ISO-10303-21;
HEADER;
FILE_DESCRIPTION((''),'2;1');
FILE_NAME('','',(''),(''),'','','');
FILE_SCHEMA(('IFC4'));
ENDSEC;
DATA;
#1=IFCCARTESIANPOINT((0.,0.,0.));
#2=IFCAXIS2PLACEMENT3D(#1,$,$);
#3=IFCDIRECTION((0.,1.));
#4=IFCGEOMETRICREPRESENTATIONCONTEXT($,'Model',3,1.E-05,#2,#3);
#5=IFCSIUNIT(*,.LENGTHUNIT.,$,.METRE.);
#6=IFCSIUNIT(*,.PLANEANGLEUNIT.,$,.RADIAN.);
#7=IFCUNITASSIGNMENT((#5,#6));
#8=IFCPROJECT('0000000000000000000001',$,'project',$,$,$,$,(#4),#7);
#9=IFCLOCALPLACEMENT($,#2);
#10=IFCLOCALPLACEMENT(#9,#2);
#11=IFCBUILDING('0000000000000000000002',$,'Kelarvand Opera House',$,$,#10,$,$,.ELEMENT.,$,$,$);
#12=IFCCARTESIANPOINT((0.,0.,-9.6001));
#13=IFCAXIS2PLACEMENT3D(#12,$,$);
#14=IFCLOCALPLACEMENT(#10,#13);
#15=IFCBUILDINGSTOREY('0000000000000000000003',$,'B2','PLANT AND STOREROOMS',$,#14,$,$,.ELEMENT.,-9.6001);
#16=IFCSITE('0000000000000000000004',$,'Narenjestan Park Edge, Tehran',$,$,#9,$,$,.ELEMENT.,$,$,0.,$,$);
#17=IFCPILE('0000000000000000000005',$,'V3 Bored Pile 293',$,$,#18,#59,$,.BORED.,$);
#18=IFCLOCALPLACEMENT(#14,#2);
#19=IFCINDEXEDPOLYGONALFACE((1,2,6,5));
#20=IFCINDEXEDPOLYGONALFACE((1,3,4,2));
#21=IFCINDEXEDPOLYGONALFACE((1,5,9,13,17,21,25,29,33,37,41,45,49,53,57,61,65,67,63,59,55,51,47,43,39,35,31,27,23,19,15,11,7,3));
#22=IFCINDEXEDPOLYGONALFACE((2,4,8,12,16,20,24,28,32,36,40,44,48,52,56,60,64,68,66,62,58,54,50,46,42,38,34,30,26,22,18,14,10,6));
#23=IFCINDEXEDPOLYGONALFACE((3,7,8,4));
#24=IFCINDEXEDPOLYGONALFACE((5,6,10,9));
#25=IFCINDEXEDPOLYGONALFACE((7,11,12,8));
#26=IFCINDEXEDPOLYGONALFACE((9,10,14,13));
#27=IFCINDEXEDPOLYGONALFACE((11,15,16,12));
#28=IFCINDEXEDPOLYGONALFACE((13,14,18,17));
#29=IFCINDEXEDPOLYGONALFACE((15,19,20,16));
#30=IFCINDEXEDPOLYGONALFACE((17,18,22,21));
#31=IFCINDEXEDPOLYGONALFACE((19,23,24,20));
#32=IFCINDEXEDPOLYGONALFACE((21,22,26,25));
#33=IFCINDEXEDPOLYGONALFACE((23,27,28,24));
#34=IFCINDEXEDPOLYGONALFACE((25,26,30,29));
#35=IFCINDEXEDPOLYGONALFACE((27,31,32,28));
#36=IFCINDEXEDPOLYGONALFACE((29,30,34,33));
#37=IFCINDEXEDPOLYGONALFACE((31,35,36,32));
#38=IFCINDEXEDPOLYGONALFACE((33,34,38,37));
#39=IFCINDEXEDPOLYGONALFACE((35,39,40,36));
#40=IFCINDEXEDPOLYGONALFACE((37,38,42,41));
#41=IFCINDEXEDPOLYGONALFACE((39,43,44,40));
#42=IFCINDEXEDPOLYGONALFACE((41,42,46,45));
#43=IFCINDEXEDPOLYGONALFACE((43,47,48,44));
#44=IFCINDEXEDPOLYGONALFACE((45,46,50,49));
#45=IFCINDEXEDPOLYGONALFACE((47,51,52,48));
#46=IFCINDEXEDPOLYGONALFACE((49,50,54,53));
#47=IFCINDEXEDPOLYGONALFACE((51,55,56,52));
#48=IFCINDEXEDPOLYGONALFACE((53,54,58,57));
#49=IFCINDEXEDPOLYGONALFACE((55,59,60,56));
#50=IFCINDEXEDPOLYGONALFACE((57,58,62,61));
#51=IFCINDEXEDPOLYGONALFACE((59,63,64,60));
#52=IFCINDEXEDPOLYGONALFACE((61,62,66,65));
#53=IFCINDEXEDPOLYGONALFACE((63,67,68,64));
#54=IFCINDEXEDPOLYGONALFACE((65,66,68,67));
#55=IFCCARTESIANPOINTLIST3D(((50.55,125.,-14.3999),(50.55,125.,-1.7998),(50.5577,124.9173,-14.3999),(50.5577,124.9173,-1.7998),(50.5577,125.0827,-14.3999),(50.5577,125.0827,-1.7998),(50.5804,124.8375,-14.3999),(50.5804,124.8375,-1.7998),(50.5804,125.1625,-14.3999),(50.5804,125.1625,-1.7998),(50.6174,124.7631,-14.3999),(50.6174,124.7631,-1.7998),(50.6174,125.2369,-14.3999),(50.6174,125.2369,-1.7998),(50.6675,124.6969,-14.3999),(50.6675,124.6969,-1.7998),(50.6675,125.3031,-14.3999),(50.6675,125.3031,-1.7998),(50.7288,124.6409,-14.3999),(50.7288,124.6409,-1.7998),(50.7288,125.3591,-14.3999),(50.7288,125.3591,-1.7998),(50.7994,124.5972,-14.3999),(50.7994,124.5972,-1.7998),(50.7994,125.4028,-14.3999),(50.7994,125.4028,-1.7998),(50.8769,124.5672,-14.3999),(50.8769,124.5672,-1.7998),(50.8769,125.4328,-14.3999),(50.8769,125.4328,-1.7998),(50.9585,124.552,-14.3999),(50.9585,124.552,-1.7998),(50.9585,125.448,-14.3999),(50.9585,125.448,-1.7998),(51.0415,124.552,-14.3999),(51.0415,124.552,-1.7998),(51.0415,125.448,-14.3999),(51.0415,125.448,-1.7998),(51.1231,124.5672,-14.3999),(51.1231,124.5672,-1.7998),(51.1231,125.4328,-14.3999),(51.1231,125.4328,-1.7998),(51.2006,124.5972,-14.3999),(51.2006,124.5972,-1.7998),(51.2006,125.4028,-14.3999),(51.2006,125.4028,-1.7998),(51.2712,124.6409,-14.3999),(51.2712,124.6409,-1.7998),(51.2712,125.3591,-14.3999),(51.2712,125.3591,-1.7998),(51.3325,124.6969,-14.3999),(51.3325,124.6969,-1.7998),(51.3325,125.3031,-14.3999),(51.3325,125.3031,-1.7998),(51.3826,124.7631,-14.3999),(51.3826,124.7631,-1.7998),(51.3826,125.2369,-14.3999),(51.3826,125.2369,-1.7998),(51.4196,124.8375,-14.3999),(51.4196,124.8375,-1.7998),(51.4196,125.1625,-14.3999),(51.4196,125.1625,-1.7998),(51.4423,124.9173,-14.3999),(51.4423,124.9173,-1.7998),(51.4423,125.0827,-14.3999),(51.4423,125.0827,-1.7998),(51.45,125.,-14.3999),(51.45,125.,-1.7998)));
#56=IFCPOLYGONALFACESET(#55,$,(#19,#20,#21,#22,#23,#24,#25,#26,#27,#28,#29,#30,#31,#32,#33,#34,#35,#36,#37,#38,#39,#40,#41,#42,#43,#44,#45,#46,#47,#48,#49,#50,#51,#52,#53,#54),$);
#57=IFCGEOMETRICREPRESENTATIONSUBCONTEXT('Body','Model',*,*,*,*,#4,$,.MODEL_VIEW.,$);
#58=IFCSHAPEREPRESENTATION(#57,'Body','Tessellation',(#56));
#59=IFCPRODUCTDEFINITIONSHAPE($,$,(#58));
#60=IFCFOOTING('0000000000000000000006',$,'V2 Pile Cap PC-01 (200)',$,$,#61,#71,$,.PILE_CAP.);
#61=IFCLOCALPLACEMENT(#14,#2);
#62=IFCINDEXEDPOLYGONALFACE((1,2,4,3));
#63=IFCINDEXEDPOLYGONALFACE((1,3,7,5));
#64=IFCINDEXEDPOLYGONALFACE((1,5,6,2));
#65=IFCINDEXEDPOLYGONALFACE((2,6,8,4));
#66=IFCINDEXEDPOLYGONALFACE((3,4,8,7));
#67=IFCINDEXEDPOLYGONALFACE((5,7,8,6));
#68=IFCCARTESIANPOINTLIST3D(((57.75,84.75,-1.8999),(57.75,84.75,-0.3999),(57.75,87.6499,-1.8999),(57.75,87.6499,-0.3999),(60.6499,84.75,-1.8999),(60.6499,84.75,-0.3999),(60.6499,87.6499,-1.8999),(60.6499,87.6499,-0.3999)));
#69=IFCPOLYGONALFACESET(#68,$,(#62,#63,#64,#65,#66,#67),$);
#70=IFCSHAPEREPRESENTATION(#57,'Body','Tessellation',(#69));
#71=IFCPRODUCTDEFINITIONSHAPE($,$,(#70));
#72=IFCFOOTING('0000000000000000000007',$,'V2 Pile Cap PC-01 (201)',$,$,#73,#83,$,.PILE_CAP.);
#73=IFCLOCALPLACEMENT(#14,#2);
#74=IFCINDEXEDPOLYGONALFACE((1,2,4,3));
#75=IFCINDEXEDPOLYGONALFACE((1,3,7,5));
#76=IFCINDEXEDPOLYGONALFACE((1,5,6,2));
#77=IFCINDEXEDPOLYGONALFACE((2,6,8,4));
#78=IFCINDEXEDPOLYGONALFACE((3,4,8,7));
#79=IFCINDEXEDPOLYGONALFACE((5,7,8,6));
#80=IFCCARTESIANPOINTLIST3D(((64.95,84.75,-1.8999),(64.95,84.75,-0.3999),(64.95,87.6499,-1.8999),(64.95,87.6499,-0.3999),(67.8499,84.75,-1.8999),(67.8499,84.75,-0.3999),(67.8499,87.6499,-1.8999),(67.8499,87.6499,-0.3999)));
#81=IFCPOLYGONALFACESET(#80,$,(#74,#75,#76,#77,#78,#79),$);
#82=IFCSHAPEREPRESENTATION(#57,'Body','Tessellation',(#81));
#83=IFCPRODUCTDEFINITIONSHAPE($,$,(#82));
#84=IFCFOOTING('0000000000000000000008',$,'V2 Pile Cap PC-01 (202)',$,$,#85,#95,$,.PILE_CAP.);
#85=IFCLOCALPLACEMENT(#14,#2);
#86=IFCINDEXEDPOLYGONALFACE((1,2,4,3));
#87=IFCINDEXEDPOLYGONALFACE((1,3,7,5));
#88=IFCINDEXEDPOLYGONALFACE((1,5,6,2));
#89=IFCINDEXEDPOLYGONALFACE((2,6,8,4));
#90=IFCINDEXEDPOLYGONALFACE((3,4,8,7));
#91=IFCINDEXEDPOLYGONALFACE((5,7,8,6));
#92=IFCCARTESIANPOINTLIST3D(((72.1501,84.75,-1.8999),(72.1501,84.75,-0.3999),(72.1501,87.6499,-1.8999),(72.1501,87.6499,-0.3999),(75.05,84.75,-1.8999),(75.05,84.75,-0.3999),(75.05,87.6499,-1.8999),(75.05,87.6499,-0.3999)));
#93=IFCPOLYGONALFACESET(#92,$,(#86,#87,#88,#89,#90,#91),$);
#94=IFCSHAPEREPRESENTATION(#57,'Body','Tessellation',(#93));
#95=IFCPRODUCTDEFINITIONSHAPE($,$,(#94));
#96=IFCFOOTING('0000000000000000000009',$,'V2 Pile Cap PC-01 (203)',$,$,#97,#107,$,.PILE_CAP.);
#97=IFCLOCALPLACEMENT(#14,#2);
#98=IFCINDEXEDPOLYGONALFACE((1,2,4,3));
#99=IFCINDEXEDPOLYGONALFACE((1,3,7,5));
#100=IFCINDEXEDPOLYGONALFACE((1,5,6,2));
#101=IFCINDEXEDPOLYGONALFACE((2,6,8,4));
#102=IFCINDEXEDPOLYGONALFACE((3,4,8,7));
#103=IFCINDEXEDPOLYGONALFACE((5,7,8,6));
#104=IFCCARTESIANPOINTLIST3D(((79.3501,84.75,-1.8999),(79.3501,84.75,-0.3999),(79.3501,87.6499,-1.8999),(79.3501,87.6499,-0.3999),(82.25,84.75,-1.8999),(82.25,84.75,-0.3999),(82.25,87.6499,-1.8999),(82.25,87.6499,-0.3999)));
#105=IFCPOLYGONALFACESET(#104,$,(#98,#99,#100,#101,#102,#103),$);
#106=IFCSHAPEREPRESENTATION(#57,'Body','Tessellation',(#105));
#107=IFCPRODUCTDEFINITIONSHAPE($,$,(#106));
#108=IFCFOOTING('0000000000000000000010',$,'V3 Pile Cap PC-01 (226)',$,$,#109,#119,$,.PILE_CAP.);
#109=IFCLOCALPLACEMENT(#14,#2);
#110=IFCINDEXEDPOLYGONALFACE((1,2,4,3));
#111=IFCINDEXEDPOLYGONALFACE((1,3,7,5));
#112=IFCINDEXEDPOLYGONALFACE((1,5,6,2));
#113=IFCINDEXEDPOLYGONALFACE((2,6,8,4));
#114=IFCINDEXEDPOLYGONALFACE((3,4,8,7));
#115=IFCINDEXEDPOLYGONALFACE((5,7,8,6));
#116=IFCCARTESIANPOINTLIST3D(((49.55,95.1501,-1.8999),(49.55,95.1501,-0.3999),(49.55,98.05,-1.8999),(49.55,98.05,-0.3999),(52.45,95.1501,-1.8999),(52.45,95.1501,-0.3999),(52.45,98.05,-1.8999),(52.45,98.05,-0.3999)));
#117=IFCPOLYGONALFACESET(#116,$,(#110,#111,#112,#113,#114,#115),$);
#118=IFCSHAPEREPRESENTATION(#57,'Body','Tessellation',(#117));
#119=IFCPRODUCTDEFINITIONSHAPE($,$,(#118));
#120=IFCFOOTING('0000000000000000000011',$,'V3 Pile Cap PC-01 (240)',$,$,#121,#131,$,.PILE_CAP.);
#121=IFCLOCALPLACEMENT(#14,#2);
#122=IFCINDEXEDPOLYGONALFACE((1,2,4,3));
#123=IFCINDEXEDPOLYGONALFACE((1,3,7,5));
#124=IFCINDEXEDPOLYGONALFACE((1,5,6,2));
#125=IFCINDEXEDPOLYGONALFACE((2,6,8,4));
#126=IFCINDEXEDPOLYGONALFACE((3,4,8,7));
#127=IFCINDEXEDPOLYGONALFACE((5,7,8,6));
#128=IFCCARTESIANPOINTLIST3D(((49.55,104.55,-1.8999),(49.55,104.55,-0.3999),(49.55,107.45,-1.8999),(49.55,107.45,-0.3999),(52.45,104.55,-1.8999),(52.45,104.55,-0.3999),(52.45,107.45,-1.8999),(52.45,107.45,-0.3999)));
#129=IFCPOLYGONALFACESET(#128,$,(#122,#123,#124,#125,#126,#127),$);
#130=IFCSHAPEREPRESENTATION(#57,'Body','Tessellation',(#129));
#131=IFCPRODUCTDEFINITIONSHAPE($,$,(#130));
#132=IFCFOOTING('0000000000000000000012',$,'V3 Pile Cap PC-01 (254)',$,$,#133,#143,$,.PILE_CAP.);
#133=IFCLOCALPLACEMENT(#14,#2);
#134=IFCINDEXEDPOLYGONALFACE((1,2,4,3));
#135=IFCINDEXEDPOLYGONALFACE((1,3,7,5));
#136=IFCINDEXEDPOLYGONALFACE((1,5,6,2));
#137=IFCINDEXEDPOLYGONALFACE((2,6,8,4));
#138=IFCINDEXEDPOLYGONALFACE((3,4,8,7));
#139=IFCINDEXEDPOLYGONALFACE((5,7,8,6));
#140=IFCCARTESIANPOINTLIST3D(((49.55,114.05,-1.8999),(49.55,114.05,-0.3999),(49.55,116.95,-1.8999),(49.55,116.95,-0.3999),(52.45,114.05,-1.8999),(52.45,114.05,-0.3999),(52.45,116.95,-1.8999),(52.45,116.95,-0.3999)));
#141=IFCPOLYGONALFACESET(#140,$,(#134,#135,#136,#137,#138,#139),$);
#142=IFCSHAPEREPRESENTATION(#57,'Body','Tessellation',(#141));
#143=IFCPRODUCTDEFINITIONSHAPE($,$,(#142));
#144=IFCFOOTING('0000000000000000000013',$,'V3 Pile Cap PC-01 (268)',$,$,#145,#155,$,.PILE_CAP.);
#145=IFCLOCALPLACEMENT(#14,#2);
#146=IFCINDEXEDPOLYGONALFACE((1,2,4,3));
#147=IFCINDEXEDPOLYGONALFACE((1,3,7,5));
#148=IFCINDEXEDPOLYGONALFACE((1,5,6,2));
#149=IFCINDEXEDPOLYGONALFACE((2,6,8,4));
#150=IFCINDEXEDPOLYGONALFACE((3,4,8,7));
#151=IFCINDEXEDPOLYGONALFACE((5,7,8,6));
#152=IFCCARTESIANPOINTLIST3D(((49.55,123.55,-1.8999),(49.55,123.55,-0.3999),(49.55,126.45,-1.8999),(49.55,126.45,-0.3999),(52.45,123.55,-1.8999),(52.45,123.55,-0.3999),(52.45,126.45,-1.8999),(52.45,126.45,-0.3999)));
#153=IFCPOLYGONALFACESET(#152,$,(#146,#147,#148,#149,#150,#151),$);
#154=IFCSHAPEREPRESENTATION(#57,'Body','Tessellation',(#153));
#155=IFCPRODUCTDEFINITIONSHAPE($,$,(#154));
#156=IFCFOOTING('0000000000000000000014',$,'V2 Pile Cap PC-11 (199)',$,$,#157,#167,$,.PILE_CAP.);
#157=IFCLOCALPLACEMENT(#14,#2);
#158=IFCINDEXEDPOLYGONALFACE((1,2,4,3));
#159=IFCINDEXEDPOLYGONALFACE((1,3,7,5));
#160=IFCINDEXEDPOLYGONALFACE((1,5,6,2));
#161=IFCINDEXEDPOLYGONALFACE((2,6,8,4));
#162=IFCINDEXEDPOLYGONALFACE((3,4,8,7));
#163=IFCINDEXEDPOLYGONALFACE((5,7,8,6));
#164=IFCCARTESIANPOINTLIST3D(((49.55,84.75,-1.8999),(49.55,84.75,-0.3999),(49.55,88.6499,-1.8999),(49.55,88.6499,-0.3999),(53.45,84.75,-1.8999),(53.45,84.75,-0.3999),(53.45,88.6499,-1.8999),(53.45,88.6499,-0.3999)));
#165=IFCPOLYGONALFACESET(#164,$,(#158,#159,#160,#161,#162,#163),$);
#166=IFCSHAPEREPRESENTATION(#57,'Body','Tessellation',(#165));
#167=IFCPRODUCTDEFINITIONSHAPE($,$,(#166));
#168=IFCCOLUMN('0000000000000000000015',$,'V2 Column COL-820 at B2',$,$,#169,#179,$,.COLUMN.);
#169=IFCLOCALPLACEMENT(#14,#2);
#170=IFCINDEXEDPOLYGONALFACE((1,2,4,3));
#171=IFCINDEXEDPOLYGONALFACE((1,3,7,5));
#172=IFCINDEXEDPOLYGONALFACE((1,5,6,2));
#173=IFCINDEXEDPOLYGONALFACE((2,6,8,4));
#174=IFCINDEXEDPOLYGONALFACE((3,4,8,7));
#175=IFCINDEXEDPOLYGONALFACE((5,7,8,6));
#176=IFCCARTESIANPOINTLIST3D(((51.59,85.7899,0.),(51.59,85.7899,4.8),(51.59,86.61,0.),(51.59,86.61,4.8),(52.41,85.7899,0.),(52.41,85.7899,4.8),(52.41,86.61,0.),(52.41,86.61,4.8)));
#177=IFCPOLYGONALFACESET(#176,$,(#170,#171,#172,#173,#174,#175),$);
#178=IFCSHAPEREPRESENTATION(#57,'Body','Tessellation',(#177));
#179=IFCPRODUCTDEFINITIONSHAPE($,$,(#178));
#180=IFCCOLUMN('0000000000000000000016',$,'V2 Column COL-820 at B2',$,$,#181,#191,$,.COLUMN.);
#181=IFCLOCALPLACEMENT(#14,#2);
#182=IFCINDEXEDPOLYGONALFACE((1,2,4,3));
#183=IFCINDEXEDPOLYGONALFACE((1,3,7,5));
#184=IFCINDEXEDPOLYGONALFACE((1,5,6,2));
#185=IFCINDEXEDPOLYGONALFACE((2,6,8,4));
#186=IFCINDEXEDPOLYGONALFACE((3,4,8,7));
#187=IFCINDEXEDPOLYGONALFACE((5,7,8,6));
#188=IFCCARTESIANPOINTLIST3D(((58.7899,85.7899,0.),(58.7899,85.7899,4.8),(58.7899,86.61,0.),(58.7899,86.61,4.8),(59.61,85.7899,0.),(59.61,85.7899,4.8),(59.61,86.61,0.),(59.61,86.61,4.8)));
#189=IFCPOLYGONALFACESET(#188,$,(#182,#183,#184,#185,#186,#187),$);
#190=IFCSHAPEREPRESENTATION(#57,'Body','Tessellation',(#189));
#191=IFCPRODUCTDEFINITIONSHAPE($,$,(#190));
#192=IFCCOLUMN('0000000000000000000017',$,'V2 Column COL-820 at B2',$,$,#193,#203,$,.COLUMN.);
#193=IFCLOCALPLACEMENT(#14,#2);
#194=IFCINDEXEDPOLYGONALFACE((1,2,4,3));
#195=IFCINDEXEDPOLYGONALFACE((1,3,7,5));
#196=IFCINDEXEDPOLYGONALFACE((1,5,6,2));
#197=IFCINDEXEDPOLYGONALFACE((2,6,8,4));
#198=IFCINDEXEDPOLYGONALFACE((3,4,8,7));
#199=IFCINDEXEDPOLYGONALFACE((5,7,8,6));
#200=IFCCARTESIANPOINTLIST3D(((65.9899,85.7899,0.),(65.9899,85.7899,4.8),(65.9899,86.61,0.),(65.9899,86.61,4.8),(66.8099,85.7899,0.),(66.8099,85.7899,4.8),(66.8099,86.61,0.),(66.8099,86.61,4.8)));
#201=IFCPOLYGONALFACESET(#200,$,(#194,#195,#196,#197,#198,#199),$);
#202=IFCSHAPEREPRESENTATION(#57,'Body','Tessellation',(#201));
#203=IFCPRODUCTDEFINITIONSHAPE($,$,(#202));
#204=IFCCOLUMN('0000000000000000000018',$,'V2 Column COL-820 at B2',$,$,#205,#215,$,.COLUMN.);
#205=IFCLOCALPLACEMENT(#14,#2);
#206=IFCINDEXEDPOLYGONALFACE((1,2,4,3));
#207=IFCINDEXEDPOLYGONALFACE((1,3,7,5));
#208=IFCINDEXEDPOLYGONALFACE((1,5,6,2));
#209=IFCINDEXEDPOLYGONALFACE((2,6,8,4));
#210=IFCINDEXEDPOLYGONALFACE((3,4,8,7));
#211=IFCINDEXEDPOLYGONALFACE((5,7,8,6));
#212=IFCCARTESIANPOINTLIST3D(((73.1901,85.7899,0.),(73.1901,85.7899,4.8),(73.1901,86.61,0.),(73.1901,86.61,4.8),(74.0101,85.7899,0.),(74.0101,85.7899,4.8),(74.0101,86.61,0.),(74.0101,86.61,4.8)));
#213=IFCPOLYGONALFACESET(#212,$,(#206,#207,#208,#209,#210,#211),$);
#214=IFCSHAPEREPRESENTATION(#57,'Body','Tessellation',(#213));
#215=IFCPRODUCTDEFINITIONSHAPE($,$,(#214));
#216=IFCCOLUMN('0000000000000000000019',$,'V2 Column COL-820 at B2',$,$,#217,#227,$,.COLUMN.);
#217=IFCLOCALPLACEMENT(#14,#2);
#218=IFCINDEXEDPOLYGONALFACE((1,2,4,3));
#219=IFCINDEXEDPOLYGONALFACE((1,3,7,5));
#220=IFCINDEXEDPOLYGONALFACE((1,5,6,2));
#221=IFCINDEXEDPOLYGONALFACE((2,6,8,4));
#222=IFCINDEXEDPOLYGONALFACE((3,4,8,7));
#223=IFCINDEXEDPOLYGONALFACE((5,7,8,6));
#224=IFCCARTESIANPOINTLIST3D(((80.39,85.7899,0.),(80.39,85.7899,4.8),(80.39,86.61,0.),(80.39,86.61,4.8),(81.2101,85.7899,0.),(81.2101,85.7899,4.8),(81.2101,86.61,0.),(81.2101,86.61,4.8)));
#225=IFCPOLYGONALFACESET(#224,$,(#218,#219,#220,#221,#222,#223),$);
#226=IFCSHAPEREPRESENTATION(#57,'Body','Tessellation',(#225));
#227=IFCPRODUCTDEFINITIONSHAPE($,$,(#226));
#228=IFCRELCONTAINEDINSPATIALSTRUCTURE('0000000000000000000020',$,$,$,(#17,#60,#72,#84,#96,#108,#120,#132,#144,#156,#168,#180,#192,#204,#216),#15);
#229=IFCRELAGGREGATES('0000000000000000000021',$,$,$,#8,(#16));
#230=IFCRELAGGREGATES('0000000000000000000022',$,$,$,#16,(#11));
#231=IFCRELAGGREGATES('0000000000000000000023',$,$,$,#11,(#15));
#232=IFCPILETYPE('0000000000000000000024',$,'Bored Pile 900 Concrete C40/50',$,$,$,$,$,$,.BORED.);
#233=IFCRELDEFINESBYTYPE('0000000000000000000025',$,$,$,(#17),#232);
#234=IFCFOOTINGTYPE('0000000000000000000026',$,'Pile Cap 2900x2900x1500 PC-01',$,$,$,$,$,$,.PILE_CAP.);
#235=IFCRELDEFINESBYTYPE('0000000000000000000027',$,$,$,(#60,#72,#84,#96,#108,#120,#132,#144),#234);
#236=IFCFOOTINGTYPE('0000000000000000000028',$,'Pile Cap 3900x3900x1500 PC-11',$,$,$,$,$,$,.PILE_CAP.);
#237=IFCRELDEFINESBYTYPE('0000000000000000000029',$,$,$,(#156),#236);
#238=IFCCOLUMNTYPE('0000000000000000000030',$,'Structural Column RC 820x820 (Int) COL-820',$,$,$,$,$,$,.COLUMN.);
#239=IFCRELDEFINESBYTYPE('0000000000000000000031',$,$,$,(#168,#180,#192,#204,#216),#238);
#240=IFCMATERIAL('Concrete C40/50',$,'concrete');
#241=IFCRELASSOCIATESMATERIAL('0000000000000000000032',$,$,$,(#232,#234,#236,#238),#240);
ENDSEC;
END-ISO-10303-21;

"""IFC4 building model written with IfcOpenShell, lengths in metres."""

from ifc_helpers import new_model, si_unit, direction, frame, origin, origin_2d, place, context, subcontext, project, spatial, rectangle, circle, extrude, material, material_profile, profile_set, type_object, element, save


model = new_model("IFC4")

# Units and contexts
model_context = context("Model", 3, precision=1e-05, world=origin(), true_north=direction((0.0, 1.0)))
body_context = subcontext(model_context, "Body", "Model", "MODEL_VIEW")
ifc_project = project(units=[si_unit("LENGTHUNIT", "METRE"), si_unit("PLANEANGLEUNIT", "RADIAN")], contexts=[model_context])

# Site, building, storey
site_placement = place(None, origin())
site = spatial("IfcSite", under=ifc_project, at=site_placement, Name="Narenjestan Park Edge, Tehran", CompositionType="ELEMENT", RefElevation=0.0)
building_placement = place(site_placement, origin())
building = spatial("IfcBuilding", under=site, at=building_placement, Name="Kelarvand Opera House", CompositionType="ELEMENT")
storey_placement = place(building_placement, frame((0.0, 0.0, -9.6001)))
storey = spatial("IfcBuildingStorey", under=building, at=storey_placement, Name="B2", Description="PLANT AND STOREROOMS", CompositionType="ELEMENT", Elevation=-9.6001)

# Pile
ifc_material_1 = material(Name="Concrete C40/50", Category="concrete")
ifc_material_profile_1 = material_profile(ifc_material_1, circle(Radius=0.45, at=origin_2d()), Name="BP 900", Category="concrete")
ifc_profile_set_1 = profile_set([ifc_material_profile_1], Name="Concrete C40/50")
pile_type = type_object("IfcPileType", Name="Bored Pile 900 Concrete C40/50", PredefinedType="BORED", material=ifc_profile_set_1)
for number, where, z_axis, x_axis, name in (
    (1, (51.0, 125.0, -1.7998), (0.0, 0.0, -1.0), (1.0, 0.0, 0.0), "V3 Bored Pile 293"),
):
    element("IfcPile", number, at=place(storey_placement, frame(where, z_axis=z_axis, x_axis=x_axis)), inside=storey, type_object=pile_type, Name=name, PredefinedType="BORED", context=body_context, shape_type="SweptSolid", body=[
        extrude(circle(Radius=0.45, at=origin_2d()), origin(), (0.0, 0.0, 1.0), 12.6001),
    ])

# Footings
footing_type_1 = type_object("IfcFootingType", Name="Pile Cap 2900x2900x1500 PC-01", PredefinedType="PILE_CAP", material=ifc_material_1)
for number, where, z_axis, x_axis, name in (
    (2, (59.2, 86.2, -1.8999), (0.0, 0.0, 1.0), (1.0, 0.0, 0.0), "V2 Pile Cap PC-01 (200)"),
    (3, (66.3999, 86.2, -1.8999), (0.0, 0.0, 1.0), (1.0, 0.0, 0.0), "V2 Pile Cap PC-01 (201)"),
    (4, (73.6001, 86.2, -1.8999), (0.0, 0.0, 1.0), (1.0, 0.0, 0.0), "V2 Pile Cap PC-01 (202)"),
    (5, (80.8, 86.2, -1.8999), (0.0, 0.0, 1.0), (1.0, 0.0, 0.0), "V2 Pile Cap PC-01 (203)"),
    (6, (51.0, 96.6001, -1.8999), (0.0, 0.0, 1.0), (1.0, 0.0, 0.0), "V3 Pile Cap PC-01 (226)"),
    (7, (51.0, 106.0, -1.8999), (0.0, 0.0, 1.0), (1.0, 0.0, 0.0), "V3 Pile Cap PC-01 (240)"),
    (8, (51.0, 115.5, -1.8999), (0.0, 0.0, 1.0), (1.0, 0.0, 0.0), "V3 Pile Cap PC-01 (254)"),
    (9, (51.0, 125.0, -1.8999), (0.0, 0.0, 1.0), (1.0, 0.0, 0.0), "V3 Pile Cap PC-01 (268)"),
):
    element("IfcFooting", number, at=place(storey_placement, frame(where, z_axis=z_axis, x_axis=x_axis)), inside=storey, type_object=footing_type_1, Name=name, PredefinedType="PILE_CAP", context=body_context, shape_type="SweptSolid", body=[
        extrude(rectangle(XDim=2.8999, YDim=2.8999, at=origin_2d()), origin(), (0.0, 0.0, 1.0), 1.5),
    ])
footing_type_2 = type_object("IfcFootingType", Name="Pile Cap 3900x3900x1500 PC-11", PredefinedType="PILE_CAP", material=ifc_material_1)
footing_placement = place(storey_placement, frame((51.5, 86.7, -1.8999), z_axis=(0.0, 0.0, 1.0), x_axis=(1.0, 0.0, 0.0)))
element("IfcFooting", 10, at=footing_placement, inside=storey, type_object=footing_type_2, Name="V2 Pile Cap PC-11 (199)", PredefinedType="PILE_CAP", context=body_context, shape_type="SweptSolid", body=[
    extrude(rectangle(XDim=3.8999, YDim=3.8999, at=origin_2d()), origin(), (0.0, 0.0, 1.0), 1.5),
])

# Columns
ifc_material_profile_2 = material_profile(ifc_material_1, rectangle(XDim=0.8201, YDim=0.8201, at=origin_2d()), Name="RC 820x820", Category="concrete")
ifc_profile_set_2 = profile_set([ifc_material_profile_2], Name="Concrete C40/50")
column_type = type_object("IfcColumnType", Name="Structural Column RC 820x820 (Int) COL-820", PredefinedType="COLUMN", material=ifc_profile_set_2)
for number, where, z_axis, x_axis, name in (
    (11, (52.0, 86.2, 0.0), (0.0, 0.0, 1.0), (1.0, 0.0, 0.0), "V2 Column COL-820 at B2"),
    (12, (59.2, 86.2, 0.0), (0.0, 0.0, 1.0), (1.0, 0.0, 0.0), "V2 Column COL-820 at B2"),
    (13, (66.3999, 86.2, 0.0), (0.0, 0.0, 1.0), (1.0, 0.0, 0.0), "V2 Column COL-820 at B2"),
    (14, (73.6001, 86.2, 0.0), (0.0, 0.0, 1.0), (1.0, 0.0, 0.0), "V2 Column COL-820 at B2"),
    (15, (80.8, 86.2, 0.0), (0.0, 0.0, 1.0), (1.0, 0.0, 0.0), "V2 Column COL-820 at B2"),
):
    element("IfcColumn", number, at=place(storey_placement, frame(where, z_axis=z_axis, x_axis=x_axis)), inside=storey, type_object=column_type, Name=name, PredefinedType="COLUMN", context=body_context, shape_type="SweptSolid", body=[
        extrude(rectangle(XDim=0.8201, YDim=0.8201, at=origin_2d()), origin(), (0.0, 0.0, 1.0), 4.8),
    ])

save(model, "model.ifc")
